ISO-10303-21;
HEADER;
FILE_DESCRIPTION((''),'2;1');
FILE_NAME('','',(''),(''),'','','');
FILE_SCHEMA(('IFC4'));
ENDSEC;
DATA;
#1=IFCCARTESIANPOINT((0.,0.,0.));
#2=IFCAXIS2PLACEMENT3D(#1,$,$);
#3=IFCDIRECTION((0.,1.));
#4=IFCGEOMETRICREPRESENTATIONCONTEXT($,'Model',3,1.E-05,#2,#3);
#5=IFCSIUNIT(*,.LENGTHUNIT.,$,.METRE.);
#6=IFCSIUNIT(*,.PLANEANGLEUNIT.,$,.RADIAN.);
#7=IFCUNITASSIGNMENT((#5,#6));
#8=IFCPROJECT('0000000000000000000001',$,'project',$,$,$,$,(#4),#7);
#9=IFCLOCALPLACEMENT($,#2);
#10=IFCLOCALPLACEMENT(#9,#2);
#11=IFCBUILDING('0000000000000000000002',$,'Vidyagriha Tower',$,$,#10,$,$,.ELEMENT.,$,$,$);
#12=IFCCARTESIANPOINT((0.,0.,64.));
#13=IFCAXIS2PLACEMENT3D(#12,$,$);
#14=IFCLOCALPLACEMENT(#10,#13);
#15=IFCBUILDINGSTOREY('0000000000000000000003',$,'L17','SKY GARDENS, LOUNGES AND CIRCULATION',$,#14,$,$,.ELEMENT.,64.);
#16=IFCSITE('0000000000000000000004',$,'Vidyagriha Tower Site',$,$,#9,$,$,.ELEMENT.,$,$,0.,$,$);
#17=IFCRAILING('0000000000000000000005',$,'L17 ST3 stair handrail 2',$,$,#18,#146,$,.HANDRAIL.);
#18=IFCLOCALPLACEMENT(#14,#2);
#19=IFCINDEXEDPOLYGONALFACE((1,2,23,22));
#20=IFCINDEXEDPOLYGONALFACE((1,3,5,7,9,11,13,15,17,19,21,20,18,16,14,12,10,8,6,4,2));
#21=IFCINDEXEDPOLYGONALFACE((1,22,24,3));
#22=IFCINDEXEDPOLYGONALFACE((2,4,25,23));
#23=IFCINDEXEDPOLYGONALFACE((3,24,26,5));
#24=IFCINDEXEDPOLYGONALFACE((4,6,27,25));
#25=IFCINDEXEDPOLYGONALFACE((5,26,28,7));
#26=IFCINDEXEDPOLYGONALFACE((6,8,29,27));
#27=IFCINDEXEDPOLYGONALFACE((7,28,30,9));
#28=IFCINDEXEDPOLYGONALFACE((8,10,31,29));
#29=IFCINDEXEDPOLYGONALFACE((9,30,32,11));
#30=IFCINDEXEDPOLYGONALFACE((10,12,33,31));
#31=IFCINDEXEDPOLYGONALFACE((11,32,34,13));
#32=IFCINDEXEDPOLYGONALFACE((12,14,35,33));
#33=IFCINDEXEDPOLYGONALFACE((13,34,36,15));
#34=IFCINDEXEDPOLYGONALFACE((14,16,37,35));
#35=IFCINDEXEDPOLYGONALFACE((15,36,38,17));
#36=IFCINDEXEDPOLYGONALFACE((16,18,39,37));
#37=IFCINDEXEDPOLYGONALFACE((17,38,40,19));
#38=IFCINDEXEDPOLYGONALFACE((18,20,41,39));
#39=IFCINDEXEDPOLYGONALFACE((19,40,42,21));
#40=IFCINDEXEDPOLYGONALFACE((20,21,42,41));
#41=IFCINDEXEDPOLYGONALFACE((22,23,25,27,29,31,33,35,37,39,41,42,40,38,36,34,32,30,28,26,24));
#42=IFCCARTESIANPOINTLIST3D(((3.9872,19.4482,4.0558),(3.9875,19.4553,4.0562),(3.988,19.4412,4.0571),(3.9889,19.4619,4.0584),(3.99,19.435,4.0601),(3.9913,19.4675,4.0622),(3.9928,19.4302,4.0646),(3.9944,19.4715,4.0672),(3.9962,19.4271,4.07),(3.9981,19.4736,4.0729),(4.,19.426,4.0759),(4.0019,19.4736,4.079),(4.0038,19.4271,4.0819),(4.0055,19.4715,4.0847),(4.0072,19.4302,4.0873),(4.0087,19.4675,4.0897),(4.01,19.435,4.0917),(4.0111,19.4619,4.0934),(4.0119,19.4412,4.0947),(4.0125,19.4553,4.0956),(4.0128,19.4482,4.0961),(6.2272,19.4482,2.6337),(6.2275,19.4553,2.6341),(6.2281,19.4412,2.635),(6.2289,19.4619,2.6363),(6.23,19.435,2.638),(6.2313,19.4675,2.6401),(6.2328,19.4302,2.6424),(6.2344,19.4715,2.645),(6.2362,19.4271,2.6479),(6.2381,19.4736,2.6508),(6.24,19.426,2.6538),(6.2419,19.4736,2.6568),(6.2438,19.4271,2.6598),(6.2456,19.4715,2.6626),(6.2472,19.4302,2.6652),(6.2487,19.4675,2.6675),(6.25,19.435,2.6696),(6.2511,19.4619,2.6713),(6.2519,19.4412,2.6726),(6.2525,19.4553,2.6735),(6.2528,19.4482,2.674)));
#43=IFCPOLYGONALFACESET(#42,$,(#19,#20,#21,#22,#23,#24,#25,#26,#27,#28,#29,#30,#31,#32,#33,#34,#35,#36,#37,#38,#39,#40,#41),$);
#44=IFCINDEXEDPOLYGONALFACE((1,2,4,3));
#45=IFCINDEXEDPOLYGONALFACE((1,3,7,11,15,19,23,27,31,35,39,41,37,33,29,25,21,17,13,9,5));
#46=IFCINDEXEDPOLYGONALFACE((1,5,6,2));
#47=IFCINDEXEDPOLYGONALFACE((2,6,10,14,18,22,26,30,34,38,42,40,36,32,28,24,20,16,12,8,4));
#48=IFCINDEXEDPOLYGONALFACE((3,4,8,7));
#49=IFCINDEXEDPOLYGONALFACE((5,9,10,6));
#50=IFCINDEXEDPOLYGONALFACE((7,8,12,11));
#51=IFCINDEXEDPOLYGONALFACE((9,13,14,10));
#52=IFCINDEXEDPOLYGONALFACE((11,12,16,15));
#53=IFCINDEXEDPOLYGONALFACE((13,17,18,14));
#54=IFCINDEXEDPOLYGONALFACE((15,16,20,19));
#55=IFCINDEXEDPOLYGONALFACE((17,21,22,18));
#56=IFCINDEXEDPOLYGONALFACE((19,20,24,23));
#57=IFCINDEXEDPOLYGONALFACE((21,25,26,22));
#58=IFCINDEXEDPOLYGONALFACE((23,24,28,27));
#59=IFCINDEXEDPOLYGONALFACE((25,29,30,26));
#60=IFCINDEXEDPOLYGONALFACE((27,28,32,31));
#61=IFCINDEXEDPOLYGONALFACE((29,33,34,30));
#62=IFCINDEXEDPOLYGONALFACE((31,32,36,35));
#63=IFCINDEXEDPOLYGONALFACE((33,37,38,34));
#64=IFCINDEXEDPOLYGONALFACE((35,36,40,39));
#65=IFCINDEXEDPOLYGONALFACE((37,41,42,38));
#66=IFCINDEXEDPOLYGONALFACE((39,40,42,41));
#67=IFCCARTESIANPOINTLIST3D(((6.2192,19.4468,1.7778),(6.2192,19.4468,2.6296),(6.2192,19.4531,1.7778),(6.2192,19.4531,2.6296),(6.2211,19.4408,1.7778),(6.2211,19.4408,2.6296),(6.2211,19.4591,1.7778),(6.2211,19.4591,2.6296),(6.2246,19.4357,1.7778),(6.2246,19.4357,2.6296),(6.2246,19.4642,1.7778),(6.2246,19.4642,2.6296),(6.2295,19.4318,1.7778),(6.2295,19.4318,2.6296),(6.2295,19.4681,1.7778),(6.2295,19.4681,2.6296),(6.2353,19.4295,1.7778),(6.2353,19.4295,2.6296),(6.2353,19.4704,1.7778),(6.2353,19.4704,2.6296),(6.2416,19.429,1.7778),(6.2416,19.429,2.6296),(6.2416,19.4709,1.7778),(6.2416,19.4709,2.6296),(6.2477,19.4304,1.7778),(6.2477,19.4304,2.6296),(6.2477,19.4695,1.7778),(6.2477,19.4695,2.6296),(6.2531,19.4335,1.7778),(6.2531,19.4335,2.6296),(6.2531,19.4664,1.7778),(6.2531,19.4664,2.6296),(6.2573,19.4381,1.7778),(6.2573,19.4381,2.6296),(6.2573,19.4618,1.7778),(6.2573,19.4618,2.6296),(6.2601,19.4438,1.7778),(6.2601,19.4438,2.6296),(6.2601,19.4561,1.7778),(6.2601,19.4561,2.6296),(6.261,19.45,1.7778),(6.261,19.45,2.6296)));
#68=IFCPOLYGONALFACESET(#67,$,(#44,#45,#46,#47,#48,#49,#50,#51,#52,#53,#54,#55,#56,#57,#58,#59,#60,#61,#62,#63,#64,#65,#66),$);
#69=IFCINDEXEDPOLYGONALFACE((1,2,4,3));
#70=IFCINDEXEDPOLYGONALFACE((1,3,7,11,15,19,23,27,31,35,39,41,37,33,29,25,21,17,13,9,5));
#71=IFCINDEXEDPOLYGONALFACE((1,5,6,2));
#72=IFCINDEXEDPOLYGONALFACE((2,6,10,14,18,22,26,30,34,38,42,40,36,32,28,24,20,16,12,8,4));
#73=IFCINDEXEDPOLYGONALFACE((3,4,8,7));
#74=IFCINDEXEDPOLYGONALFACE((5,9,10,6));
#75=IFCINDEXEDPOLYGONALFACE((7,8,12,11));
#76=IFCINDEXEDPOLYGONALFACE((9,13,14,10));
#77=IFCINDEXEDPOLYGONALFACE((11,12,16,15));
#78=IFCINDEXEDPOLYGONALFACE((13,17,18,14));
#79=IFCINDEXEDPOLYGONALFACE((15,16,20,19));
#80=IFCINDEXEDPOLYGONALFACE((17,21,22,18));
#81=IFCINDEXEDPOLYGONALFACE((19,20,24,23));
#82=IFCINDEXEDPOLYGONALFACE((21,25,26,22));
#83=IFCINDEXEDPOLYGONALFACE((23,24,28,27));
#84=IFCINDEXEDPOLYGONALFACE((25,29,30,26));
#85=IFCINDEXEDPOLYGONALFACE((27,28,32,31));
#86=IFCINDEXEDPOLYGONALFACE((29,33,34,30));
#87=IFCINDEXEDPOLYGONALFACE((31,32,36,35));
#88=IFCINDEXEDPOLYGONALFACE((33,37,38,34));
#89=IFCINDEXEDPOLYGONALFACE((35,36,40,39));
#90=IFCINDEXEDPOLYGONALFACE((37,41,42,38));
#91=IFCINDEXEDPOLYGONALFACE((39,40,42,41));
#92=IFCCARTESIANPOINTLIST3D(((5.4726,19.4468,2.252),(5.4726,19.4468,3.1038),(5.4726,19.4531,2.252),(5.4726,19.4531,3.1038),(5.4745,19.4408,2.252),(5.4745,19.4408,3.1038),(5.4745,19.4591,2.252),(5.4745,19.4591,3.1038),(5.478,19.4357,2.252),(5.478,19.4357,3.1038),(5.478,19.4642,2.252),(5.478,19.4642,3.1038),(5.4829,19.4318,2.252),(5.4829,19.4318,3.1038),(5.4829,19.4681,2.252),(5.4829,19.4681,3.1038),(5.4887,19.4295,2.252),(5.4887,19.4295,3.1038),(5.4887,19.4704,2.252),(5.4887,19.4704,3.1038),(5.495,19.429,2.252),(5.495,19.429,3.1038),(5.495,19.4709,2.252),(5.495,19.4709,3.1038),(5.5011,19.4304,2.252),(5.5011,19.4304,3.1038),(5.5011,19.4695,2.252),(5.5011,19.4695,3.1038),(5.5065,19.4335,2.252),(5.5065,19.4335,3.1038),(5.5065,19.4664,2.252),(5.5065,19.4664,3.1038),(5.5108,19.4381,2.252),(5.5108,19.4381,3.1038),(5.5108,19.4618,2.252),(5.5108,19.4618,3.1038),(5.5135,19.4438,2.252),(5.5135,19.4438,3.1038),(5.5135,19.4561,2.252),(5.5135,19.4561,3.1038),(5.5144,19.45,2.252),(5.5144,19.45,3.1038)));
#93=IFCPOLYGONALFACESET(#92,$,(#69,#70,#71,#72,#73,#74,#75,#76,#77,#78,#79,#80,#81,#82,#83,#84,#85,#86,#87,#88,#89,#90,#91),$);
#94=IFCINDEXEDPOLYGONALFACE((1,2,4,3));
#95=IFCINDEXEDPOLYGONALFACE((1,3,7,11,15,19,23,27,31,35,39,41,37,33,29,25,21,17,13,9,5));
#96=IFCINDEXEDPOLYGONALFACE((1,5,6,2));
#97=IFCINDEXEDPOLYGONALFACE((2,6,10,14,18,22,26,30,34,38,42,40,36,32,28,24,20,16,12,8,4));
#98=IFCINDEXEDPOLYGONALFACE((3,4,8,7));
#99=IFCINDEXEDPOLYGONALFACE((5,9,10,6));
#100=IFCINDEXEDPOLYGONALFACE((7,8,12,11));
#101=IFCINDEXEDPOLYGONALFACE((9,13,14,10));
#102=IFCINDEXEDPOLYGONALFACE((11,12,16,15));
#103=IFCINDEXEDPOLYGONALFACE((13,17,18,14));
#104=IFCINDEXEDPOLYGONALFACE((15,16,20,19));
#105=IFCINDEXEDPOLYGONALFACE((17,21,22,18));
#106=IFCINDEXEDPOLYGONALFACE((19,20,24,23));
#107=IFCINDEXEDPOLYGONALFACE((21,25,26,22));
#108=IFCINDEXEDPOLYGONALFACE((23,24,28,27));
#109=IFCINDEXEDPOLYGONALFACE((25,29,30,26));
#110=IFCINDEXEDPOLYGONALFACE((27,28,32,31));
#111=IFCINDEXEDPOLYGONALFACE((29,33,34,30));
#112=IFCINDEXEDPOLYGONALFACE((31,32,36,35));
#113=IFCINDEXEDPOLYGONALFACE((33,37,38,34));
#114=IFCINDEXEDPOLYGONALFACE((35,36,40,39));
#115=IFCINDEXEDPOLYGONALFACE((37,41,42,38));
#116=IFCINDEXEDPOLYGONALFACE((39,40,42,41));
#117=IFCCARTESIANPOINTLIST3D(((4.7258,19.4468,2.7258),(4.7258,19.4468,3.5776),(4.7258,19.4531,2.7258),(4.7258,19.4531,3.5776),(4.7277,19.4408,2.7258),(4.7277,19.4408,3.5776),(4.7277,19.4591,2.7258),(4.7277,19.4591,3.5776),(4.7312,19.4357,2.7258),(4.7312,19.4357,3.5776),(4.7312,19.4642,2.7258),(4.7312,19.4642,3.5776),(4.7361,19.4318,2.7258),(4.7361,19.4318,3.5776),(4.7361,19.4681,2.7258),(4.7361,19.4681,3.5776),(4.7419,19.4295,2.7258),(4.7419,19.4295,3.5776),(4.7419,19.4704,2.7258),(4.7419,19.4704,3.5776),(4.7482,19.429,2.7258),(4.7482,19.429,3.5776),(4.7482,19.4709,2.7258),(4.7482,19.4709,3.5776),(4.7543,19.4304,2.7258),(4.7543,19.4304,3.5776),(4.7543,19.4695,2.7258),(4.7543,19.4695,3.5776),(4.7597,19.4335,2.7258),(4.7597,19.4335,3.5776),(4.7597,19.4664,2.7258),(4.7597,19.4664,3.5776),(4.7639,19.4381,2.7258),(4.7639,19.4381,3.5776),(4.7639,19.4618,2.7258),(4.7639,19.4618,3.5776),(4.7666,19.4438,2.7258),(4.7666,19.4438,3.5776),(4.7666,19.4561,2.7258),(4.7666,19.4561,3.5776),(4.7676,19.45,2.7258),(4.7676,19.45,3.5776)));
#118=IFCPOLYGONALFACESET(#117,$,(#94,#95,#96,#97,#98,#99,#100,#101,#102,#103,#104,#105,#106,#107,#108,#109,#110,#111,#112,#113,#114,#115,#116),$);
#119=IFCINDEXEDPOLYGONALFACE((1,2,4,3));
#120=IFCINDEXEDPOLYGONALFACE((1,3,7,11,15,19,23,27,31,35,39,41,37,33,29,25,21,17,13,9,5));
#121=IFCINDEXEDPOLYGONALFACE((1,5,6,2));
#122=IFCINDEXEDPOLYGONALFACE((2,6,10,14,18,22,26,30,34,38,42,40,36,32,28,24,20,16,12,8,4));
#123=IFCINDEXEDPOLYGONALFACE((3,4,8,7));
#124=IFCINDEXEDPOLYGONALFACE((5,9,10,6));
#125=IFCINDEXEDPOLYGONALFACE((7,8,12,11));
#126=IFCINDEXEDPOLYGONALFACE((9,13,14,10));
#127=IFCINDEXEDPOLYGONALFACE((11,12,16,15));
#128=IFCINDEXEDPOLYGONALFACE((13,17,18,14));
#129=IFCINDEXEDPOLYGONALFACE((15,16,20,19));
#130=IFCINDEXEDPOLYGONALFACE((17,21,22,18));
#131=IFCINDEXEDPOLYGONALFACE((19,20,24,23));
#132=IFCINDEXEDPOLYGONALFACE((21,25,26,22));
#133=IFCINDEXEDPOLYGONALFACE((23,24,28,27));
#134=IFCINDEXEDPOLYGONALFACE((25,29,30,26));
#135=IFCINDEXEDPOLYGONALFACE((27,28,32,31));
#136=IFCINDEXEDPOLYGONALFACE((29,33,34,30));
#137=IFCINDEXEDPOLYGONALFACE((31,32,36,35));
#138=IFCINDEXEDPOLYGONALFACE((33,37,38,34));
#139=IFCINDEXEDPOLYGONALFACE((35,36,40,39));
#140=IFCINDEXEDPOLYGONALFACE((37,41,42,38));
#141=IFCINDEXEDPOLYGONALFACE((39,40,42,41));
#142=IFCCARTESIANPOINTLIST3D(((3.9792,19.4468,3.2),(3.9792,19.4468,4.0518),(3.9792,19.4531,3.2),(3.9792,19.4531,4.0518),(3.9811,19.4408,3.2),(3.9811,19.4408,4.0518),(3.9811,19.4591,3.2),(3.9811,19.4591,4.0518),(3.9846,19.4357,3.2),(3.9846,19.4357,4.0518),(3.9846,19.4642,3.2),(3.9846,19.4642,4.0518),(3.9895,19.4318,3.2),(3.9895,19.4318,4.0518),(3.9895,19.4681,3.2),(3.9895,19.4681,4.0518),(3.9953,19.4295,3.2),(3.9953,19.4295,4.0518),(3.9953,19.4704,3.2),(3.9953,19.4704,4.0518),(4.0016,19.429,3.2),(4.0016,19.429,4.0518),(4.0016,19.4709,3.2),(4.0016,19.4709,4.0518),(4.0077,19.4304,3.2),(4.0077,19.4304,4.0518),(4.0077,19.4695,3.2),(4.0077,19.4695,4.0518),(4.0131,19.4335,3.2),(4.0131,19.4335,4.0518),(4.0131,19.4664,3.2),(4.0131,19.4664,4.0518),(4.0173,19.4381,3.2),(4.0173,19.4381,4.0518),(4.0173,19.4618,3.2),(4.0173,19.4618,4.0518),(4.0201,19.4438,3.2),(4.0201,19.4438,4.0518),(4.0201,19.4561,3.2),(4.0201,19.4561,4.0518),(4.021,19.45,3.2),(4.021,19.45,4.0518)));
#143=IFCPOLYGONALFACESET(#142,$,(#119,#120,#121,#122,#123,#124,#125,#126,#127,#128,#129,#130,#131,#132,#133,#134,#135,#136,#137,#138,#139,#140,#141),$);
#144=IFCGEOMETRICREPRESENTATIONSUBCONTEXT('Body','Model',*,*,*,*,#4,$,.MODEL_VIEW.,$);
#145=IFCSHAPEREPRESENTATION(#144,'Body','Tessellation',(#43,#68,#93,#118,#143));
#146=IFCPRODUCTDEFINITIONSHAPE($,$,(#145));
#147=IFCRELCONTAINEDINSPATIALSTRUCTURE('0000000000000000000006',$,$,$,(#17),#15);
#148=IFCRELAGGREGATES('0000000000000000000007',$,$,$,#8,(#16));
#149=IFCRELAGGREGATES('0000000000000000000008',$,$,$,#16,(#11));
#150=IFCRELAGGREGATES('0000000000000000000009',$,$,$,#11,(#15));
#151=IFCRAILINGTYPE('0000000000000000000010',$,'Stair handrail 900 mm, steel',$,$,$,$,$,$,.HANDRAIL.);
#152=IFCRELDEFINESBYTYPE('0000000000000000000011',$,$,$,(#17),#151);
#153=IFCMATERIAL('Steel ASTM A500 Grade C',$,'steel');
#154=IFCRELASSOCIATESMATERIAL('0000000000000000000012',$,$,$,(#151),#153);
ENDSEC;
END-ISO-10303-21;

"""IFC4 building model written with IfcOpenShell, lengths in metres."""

from ifc_helpers import new_model, si_unit, direction, frame, origin, origin_2d, place, context, subcontext, project, spatial, circle, extrude, material, type_object, element, save


model = new_model("IFC4")

# Units and contexts
model_context = context("Model", 3, precision=1e-05, world=origin(), true_north=direction((0.0, 1.0)))
body_context = subcontext(model_context, "Body", "Model", "MODEL_VIEW")
ifc_project = project(units=[si_unit("LENGTHUNIT", "METRE"), si_unit("PLANEANGLEUNIT", "RADIAN")], contexts=[model_context])

# Site, building, storey
site_placement = place(None, origin())
site = spatial("IfcSite", under=ifc_project, at=site_placement, Name="Vidyagriha Tower Site", CompositionType="ELEMENT", RefElevation=0.0)
building_placement = place(site_placement, origin())
building = spatial("IfcBuilding", under=site, at=building_placement, Name="Vidyagriha Tower", CompositionType="ELEMENT")
storey_placement = place(building_placement, frame((0.0, 0.0, 64.0)))
storey = spatial("IfcBuildingStorey", under=building, at=storey_placement, Name="L17", Description="SKY GARDENS, LOUNGES AND CIRCULATION", CompositionType="ELEMENT", Elevation=64.0)

# Railing
ifc_material_1 = material(Name="Steel ASTM A500 Grade C", Category="steel")
railing_type_1 = type_object("IfcRailingType", Name="Stair handrail 900 mm, steel", PredefinedType="HANDRAIL", material=ifc_material_1)
for number, where, name in (
    (1, (6.24, 19.45, 1.7778), "L17 ST3 stair handrail 2"),
):
    element("IfcRailing", number, at=place(storey_placement, frame(where)), inside=storey, type_object=railing_type_1, Name=name, PredefinedType="HANDRAIL", context=body_context, shape_type="SweptSolid", body=[
        extrude(circle(Radius=0.0239, at=origin_2d()), frame((0.0, 0.0, 0.876), z_axis=(-0.844229, 0.0, 0.535982), x_axis=(0.0, -1.0, 0.0)), (0.0, 0.0, 1.0), 2.6533),
        extrude(circle(Radius=0.021, at=origin_2d()), origin(), (0.0, 0.0, 1.0), 0.8518),
        extrude(circle(Radius=0.021, at=origin_2d()), frame((-0.7466, 0.0, 0.4741)), (0.0, 0.0, 1.0), 0.8518),
        extrude(circle(Radius=0.021, at=origin_2d()), frame((-1.4934, 0.0, 0.948)), (0.0, 0.0, 1.0), 0.8518),
        extrude(circle(Radius=0.021, at=origin_2d()), frame((-2.24, 0.0, 1.4221)), (0.0, 0.0, 1.0), 0.8518),
    ])

save(model, "model.ifc")
